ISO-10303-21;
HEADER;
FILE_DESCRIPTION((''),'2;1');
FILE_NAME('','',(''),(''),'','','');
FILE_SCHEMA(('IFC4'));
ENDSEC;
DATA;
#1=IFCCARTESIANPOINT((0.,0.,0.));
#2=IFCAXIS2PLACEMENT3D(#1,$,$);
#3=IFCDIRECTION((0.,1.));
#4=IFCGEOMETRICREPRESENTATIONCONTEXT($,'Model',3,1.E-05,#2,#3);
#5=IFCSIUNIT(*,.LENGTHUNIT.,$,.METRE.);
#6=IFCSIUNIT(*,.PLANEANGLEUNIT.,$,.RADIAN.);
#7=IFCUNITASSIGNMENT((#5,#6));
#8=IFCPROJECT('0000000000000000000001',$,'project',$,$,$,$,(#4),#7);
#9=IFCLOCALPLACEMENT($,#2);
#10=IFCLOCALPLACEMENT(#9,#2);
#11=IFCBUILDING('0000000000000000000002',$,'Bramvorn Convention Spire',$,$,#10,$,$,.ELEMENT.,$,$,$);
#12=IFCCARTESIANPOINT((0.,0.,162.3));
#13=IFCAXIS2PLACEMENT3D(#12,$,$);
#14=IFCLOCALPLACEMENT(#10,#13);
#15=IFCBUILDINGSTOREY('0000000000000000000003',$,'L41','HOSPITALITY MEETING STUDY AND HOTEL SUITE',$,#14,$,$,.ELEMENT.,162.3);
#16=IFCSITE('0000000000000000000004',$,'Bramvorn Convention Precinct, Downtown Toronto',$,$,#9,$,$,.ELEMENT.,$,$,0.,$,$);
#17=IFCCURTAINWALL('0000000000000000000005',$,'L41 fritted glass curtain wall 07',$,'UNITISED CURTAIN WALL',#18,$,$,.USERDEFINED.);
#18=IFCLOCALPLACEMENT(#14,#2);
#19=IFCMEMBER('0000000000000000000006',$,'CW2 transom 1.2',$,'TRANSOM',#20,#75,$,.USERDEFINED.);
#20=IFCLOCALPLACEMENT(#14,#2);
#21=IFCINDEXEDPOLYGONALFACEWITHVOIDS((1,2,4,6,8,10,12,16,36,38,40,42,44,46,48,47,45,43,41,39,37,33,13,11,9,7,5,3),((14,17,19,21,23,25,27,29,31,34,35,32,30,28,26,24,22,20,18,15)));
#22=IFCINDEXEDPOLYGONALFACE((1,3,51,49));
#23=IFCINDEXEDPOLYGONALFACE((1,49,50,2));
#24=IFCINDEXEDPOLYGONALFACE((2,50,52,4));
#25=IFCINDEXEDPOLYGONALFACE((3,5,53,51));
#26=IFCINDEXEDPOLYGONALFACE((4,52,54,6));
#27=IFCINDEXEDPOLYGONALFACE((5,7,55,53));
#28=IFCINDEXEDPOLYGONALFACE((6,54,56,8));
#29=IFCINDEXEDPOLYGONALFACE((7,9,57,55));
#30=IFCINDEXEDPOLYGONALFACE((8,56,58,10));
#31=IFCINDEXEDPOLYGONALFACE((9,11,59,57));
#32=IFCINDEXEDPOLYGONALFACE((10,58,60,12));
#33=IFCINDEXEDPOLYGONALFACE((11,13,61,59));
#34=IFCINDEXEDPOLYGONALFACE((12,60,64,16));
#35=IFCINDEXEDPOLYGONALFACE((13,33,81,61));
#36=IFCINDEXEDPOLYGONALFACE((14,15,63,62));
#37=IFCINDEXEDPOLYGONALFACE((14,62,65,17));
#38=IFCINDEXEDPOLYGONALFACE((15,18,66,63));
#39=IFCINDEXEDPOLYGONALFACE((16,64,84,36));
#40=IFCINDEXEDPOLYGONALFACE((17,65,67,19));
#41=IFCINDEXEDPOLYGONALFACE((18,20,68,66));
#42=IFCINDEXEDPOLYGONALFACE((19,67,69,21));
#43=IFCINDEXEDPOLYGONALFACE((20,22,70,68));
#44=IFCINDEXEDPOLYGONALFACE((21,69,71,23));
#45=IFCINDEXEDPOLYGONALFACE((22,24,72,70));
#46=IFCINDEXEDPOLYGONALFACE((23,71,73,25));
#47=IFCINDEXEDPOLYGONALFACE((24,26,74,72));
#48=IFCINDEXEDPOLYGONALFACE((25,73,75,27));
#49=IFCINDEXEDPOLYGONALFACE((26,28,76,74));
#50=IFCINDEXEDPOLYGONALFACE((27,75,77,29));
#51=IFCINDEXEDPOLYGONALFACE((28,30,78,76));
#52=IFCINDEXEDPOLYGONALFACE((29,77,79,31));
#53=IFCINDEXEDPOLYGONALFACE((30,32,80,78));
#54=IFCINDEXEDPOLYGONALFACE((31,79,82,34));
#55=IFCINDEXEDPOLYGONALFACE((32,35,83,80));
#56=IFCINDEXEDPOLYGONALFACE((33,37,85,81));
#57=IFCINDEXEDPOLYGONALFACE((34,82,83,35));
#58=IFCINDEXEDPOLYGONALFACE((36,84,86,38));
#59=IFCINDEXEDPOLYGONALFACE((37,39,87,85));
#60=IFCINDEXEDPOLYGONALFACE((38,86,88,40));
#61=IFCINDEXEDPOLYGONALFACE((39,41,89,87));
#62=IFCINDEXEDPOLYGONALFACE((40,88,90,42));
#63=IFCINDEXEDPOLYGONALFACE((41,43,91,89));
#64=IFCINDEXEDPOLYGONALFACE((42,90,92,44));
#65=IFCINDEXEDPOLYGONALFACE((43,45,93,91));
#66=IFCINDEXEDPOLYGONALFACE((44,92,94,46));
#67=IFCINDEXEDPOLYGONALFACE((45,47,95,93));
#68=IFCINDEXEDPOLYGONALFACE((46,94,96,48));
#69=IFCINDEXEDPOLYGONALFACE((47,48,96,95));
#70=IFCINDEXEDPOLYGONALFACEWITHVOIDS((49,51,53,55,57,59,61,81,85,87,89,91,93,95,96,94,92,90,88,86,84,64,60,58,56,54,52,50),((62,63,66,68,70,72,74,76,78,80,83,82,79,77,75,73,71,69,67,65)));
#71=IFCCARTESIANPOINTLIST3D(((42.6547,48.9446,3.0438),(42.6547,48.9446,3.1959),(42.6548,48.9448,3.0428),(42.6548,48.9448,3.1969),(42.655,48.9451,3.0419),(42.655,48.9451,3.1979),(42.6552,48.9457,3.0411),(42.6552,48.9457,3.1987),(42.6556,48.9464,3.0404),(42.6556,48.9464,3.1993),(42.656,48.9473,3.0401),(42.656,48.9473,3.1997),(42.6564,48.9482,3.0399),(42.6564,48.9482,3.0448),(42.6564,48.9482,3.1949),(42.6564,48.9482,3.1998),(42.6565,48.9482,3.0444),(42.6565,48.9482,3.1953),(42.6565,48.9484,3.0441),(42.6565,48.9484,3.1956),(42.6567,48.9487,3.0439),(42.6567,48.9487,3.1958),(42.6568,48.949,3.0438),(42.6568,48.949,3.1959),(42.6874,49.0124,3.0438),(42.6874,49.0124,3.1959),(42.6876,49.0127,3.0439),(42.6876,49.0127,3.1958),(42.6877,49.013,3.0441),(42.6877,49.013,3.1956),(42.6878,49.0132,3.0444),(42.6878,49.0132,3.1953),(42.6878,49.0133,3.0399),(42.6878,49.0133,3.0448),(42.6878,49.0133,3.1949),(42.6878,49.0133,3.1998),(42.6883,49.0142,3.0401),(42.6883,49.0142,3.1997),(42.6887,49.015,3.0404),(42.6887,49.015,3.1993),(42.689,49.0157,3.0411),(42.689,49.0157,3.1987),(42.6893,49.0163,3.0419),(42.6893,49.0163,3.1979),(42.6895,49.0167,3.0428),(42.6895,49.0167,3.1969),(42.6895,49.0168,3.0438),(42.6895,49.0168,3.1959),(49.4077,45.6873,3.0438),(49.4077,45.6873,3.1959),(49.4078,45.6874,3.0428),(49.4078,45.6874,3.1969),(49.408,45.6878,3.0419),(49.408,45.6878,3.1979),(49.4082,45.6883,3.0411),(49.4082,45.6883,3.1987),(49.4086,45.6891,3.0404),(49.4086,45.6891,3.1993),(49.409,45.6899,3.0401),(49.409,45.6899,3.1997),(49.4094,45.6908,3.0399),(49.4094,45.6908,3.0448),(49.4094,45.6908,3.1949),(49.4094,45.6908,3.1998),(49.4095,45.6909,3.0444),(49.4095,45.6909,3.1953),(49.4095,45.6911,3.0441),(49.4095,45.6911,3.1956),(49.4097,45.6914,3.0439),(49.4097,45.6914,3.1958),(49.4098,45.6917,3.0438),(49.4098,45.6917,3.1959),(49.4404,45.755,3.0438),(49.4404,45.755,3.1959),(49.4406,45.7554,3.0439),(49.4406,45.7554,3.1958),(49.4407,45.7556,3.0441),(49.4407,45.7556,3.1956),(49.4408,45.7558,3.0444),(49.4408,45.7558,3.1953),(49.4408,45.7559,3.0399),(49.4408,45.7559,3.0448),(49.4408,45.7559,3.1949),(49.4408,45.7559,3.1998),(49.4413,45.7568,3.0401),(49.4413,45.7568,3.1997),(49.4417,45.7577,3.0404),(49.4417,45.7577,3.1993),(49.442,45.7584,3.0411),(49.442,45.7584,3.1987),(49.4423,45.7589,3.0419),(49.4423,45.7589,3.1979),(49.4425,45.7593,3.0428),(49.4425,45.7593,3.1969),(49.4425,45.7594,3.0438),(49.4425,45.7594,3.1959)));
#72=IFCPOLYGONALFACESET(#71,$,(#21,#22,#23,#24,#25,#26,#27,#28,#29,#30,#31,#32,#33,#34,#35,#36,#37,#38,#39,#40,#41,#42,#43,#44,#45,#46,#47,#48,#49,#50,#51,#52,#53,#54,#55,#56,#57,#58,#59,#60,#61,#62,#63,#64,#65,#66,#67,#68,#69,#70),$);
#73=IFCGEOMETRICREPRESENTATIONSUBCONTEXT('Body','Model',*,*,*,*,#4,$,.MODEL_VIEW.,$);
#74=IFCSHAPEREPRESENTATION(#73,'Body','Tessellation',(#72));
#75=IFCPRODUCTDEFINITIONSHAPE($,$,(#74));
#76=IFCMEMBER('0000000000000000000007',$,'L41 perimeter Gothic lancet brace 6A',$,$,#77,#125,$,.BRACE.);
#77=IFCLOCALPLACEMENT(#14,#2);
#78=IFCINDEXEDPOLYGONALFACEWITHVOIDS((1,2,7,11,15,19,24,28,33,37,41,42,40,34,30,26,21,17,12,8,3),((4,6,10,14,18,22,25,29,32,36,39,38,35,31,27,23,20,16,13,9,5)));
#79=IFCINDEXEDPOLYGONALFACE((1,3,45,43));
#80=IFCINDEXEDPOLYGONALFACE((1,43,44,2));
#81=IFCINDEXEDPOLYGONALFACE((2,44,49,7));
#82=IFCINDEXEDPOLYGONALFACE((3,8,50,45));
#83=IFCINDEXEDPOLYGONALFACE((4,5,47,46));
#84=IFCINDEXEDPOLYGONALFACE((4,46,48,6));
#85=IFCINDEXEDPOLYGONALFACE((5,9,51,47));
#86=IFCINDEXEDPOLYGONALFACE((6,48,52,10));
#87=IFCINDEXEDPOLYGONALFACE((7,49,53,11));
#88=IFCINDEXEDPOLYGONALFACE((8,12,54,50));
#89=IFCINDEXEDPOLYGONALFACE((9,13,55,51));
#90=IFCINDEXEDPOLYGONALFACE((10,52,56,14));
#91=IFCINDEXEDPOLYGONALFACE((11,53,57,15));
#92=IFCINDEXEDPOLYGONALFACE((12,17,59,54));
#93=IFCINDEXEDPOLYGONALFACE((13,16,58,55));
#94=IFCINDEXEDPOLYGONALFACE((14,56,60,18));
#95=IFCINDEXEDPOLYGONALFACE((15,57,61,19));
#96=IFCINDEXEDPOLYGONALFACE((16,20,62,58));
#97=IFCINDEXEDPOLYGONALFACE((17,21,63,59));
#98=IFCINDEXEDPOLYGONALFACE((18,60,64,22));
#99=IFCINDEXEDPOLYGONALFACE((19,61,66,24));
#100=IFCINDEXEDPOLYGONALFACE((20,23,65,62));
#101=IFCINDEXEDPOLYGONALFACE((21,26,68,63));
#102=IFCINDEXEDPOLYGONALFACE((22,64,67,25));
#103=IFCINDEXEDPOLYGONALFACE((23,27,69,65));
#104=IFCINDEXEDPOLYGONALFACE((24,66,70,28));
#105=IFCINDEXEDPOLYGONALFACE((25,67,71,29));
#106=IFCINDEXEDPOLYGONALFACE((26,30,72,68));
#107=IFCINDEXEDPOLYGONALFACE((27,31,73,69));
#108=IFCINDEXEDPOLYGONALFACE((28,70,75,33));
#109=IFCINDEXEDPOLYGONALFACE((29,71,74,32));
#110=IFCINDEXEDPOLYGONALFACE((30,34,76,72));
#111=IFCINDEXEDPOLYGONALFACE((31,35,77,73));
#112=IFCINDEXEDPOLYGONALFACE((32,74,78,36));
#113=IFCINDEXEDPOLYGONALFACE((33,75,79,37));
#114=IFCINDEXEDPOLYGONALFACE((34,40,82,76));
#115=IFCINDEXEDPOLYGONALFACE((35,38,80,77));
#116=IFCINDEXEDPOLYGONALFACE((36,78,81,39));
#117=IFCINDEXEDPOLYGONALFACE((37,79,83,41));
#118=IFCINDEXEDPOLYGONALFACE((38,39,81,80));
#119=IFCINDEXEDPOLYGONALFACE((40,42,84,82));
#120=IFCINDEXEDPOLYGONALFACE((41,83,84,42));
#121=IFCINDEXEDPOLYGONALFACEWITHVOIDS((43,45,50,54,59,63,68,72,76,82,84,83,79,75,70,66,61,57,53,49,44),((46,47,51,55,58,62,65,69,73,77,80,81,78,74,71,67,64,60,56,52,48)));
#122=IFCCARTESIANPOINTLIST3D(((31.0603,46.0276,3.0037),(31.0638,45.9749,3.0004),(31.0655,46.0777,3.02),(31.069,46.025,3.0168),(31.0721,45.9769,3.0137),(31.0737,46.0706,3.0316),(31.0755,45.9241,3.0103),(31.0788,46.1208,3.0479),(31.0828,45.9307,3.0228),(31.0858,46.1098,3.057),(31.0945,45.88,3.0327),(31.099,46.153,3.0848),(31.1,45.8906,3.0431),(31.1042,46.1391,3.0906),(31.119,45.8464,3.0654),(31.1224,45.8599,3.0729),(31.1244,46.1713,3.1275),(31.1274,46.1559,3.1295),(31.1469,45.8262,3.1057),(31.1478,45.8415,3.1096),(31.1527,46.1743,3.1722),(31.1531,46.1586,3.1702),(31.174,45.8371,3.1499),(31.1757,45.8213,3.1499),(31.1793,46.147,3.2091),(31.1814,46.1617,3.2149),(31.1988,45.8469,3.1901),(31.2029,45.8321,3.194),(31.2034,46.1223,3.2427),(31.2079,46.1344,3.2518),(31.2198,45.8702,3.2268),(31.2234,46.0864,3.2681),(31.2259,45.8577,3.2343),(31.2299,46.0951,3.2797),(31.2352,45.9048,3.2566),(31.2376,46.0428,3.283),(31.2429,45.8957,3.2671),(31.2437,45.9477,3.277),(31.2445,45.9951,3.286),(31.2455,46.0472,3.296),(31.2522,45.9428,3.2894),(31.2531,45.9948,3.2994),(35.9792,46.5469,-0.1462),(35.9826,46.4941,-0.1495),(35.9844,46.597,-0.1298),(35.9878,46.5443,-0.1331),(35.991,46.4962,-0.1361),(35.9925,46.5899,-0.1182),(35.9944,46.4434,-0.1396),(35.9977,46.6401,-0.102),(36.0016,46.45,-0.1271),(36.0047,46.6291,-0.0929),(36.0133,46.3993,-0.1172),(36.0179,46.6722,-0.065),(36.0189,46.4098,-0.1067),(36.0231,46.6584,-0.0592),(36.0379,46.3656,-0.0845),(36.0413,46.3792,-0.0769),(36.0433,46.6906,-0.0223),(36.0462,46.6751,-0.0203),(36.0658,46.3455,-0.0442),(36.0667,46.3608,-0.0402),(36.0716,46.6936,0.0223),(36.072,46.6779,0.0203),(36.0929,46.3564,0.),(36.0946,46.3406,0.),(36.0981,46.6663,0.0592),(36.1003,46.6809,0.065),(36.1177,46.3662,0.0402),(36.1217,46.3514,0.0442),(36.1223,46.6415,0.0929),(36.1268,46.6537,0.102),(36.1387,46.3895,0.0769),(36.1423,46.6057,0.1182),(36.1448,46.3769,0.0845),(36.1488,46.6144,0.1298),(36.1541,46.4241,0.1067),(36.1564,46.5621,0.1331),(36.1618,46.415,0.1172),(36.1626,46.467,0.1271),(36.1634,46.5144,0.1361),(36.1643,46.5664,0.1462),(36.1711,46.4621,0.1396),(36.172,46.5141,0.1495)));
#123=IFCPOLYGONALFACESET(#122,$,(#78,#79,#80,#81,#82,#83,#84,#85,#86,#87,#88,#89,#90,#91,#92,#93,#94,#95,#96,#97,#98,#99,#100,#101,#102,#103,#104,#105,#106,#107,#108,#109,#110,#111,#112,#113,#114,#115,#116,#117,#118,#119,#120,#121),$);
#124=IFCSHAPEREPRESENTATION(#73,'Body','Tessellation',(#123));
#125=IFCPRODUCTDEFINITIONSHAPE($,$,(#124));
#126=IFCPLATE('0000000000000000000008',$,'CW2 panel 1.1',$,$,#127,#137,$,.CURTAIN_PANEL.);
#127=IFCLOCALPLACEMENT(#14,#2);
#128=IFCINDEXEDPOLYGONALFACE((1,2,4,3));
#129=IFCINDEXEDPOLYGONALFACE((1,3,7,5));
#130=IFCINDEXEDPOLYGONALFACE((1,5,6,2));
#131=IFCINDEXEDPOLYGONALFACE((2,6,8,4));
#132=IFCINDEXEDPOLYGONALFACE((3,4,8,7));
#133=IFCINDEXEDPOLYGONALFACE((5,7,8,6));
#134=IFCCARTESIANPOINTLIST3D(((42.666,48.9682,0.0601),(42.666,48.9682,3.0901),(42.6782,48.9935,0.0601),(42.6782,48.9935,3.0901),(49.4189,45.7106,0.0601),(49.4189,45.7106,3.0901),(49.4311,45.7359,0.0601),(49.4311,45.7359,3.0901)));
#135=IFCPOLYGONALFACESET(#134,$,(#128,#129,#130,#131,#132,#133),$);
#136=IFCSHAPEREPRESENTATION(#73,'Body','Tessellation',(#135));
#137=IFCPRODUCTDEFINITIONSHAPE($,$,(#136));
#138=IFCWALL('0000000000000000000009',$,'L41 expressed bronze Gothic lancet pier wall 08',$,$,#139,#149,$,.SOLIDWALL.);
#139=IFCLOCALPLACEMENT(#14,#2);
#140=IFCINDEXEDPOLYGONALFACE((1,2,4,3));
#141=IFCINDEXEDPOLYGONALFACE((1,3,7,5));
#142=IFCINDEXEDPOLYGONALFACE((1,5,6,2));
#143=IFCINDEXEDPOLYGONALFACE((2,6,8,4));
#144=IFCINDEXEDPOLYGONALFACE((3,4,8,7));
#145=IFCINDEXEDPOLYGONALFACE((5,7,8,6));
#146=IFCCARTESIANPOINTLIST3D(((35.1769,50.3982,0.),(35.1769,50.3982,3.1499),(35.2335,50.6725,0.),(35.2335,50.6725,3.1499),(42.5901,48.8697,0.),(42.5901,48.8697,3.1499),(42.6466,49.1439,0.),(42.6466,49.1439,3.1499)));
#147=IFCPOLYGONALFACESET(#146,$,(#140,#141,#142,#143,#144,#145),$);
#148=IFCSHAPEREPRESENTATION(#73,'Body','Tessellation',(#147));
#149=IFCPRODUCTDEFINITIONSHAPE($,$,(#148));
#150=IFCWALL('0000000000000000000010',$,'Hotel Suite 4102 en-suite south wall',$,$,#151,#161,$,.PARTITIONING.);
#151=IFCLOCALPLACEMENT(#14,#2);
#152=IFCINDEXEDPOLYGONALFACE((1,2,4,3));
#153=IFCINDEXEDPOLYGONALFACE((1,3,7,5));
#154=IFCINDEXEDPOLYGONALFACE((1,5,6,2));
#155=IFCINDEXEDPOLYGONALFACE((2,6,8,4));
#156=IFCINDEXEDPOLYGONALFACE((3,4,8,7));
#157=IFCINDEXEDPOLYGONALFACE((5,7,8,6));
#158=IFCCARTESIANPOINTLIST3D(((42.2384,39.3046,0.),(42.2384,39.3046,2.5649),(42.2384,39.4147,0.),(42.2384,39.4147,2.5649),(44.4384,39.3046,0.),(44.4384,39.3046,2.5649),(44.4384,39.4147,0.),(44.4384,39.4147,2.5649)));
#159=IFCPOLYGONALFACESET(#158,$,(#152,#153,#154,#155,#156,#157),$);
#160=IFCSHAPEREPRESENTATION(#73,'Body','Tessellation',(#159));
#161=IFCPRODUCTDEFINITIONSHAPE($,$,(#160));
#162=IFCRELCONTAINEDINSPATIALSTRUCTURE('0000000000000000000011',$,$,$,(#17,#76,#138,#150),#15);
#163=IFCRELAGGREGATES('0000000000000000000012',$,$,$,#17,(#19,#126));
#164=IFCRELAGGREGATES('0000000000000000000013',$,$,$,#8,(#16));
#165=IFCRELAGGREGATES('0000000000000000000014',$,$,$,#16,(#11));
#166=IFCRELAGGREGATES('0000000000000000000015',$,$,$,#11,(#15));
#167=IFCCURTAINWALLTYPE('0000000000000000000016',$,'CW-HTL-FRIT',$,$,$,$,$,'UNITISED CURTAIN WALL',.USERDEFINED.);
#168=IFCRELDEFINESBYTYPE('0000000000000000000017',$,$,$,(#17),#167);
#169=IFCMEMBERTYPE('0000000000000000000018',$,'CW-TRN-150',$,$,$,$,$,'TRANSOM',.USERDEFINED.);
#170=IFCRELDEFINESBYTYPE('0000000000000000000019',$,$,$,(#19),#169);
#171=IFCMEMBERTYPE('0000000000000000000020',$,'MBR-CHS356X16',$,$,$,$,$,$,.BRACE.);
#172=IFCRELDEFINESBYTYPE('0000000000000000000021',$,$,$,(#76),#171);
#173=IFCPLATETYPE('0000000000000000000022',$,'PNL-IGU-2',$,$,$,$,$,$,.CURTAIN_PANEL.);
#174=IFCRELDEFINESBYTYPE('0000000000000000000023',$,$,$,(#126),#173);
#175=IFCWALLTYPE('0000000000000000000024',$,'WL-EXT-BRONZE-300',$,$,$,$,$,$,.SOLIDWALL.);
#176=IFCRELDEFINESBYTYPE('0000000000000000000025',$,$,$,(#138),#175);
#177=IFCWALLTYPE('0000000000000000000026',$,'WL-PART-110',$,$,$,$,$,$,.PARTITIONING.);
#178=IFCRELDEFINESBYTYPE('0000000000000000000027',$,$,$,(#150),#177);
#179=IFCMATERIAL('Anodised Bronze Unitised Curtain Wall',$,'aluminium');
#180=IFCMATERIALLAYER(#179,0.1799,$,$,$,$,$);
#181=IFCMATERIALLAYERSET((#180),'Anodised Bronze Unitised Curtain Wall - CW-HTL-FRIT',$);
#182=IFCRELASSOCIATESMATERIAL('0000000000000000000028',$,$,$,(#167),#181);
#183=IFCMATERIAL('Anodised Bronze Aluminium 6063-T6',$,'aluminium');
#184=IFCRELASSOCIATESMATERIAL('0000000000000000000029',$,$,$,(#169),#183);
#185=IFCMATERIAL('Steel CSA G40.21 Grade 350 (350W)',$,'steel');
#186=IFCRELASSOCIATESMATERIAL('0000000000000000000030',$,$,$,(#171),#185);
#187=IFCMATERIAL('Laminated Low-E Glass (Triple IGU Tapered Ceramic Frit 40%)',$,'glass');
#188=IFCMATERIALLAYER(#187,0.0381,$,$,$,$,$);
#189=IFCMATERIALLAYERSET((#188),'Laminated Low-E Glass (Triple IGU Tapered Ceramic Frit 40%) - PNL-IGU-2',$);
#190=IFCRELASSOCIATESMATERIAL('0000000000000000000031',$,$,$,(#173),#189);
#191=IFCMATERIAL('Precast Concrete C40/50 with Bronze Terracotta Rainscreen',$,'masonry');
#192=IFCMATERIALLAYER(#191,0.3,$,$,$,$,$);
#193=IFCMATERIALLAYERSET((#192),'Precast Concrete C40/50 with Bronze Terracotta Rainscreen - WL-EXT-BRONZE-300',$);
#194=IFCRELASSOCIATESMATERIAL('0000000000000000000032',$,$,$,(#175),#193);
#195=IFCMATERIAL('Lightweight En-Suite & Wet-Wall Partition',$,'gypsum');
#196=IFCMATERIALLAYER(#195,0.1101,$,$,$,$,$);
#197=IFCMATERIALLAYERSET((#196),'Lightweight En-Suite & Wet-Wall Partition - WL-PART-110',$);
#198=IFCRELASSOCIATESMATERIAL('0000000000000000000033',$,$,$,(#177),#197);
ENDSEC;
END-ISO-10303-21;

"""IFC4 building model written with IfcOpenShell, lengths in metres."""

from ifc_helpers import new_model, si_unit, direction, frame, frame_2d, origin, origin_2d, place, context, subcontext, project, spatial, rectangle, hollow_rectangle, hollow_circle, extrude, material, layer, layer_set, material_profile, profile_set, type_object, element, aggregate, save


model = new_model("IFC4")

# Units and contexts
model_context = context("Model", 3, precision=1e-05, world=origin(), true_north=direction((0.0, 1.0)))
body_context = subcontext(model_context, "Body", "Model", "MODEL_VIEW")
ifc_project = project(units=[si_unit("LENGTHUNIT", "METRE"), si_unit("PLANEANGLEUNIT", "RADIAN")], contexts=[model_context])

# Site, building, storey
site_placement = place(None, origin())
site = spatial("IfcSite", under=ifc_project, at=site_placement, Name="Bramvorn Convention Precinct, Downtown Toronto", CompositionType="ELEMENT", RefElevation=0.0)
building_placement = place(site_placement, origin())
building = spatial("IfcBuilding", under=site, at=building_placement, Name="Bramvorn Convention Spire", CompositionType="ELEMENT")
storey_placement = place(building_placement, frame((0.0, 0.0, 162.3)))
storey = spatial("IfcBuildingStorey", under=building, at=storey_placement, Name="L41", Description="HOSPITALITY MEETING STUDY AND HOTEL SUITE", CompositionType="ELEMENT", Elevation=162.3)

# Shared definitions
ifc_material_1 = material(Name="Steel CSA G40.21 Grade 350 (350W)", Category="steel")

# Curtain wall, member
ifc_material_2 = material(Name="Anodised Bronze Unitised Curtain Wall", Category="aluminium")
ifc_layer_1 = layer(ifc_material_2, 0.1799)
ifc_layer_set_1 = layer_set([ifc_layer_1], Name="Anodised Bronze Unitised Curtain Wall - CW-HTL-FRIT")
curtain_wall_type = type_object("IfcCurtainWallType", Name="CW-HTL-FRIT", ElementType="UNITISED CURTAIN WALL", PredefinedType="USERDEFINED", material=ifc_layer_set_1)
curtain_wall_placement = place(storey_placement, origin())
curtain_wall = element("IfcCurtainWall", 1, at=curtain_wall_placement, inside=storey, type_object=curtain_wall_type, Name="L41 fritted glass curtain wall 07", ObjectType="UNITISED CURTAIN WALL", PredefinedType="USERDEFINED")
ifc_material_3 = material(Name="Anodised Bronze Aluminium 6063-T6", Category="aluminium")
ifc_material_profile_1 = material_profile(ifc_material_3, hollow_rectangle(XDim=0.0801, YDim=0.1599, WallThickness=0.0039, InnerFilletRadius=0.001, OuterFilletRadius=0.0039, at=origin_2d()))
ifc_profile_set_1 = profile_set([ifc_material_profile_1], Name="Anodised Bronze Aluminium 6063-T6 - CWT80X160")
member_type_1 = type_object("IfcMemberType", Name="CW-TRN-150", ElementType="TRANSOM", PredefinedType="USERDEFINED", material=ifc_profile_set_1)
member_1_placement = place(storey_placement, frame((42.6721, 48.9807, 3.1199), z_axis=(0.900693, -0.434456, 0.0), x_axis=(0.434456, 0.900693, 0.0)))
member_1 = element("IfcMember", 2, at=member_1_placement, type_object=member_type_1, Name="CW2 transom 1.2", ObjectType="TRANSOM", PredefinedType="USERDEFINED", context=body_context, shape_type="SweptSolid", body=[
    extrude(hollow_rectangle(XDim=0.0801, YDim=0.1599, WallThickness=0.0039, InnerFilletRadius=0.001, OuterFilletRadius=0.0039, at=origin_2d()), origin(), (0.0, 0.0, 1.0), 7.4976),
])

# Member
ifc_material_profile_2 = material_profile(ifc_material_1, hollow_circle(Radius=0.1777, WallThickness=0.0159, at=origin_2d()))
ifc_profile_set_2 = profile_set([ifc_material_profile_2], Name="Steel CSA G40.21 Grade 350 (350W) - CHS356X16")
member_type_2 = type_object("IfcMemberType", Name="MBR-CHS356X16", PredefinedType="BRACE", material=ifc_profile_set_2)
member_2_placement = place(storey_placement, frame((36.0759, 46.5173, 0.0), z_axis=(-0.838825, -0.088554, 0.537151), x_axis=(0.104985, -0.994474, 0.0)))
element("IfcMember", 3, at=member_2_placement, inside=storey, type_object=member_type_2, Name="L41 perimeter Gothic lancet brace 6A", PredefinedType="BRACE", context=body_context, shape_type="SweptSolid", body=[
    extrude(hollow_circle(Radius=0.1777, WallThickness=0.0159, at=origin_2d()), origin(), (0.0, 0.0, 1.0), 5.864),
])

# Plate
ifc_material_4 = material(Name="Laminated Low-E Glass (Triple IGU Tapered Ceramic Frit 40%)", Category="glass")
ifc_layer_2 = layer(ifc_material_4, 0.0381)
ifc_layer_set_2 = layer_set([ifc_layer_2], Name="Laminated Low-E Glass (Triple IGU Tapered Ceramic Frit 40%) - PNL-IGU-2")
plate_type = type_object("IfcPlateType", Name="PNL-IGU-2", PredefinedType="CURTAIN_PANEL", material=ifc_layer_set_2)
plate_placement = place(storey_placement, frame((46.0486, 47.3521, 0.0601), z_axis=(0.0, 0.0, 1.0), x_axis=(0.900683, -0.434477, 0.0)))
plate = element("IfcPlate", 4, at=plate_placement, type_object=plate_type, Name="CW2 panel 1.1", PredefinedType="CURTAIN_PANEL", context=body_context, shape_type="SweptSolid", body=[
    extrude(rectangle(XDim=7.4976, YDim=0.0281, at=origin_2d()), origin(), (0.0, 0.0, 1.0), 3.03),
])
aggregate(curtain_wall, [member_1, plate])

# Walls
ifc_material_5 = material(Name="Precast Concrete C40/50 with Bronze Terracotta Rainscreen", Category="masonry")
ifc_layer_3 = layer(ifc_material_5, 0.3)
ifc_layer_set_3 = layer_set([ifc_layer_3], Name="Precast Concrete C40/50 with Bronze Terracotta Rainscreen - WL-EXT-BRONZE-300")
wall_type_1 = type_object("IfcWallType", Name="WL-EXT-BRONZE-300", PredefinedType="SOLIDWALL", material=ifc_layer_set_3)
wall_1_placement = place(storey_placement, frame((35.2051, 50.5354, 0.0), z_axis=(0.0, 0.0, 1.0), x_axis=(0.979396, -0.20195, 0.0)))
element("IfcWall", 5, at=wall_1_placement, inside=storey, type_object=wall_type_1, Name="L41 expressed bronze Gothic lancet pier wall 08", PredefinedType="SOLIDWALL", context=body_context, shape_type="SweptSolid", body=[
    extrude(rectangle(XDim=7.5691, YDim=0.28, at=frame_2d((3.7847, 0.0))), origin(), (0.0, 0.0, 1.0), 3.1499),
])
ifc_material_6 = material(Name="Lightweight En-Suite & Wet-Wall Partition", Category="gypsum")
ifc_layer_4 = layer(ifc_material_6, 0.1101)
ifc_layer_set_4 = layer_set([ifc_layer_4], Name="Lightweight En-Suite & Wet-Wall Partition - WL-PART-110")
wall_type_2 = type_object("IfcWallType", Name="WL-PART-110", PredefinedType="PARTITIONING", material=ifc_layer_set_4)
wall_2_placement = place(storey_placement, frame((42.2383, 39.3596, 0.0), z_axis=(0.0, 0.0, 1.0), x_axis=(1.0, 0.0, 0.0)))
element("IfcWall", 6, at=wall_2_placement, inside=storey, type_object=wall_type_2, Name="Hotel Suite 4102 en-suite south wall", PredefinedType="PARTITIONING", context=body_context, shape_type="SweptSolid", body=[
    extrude(rectangle(XDim=2.2, YDim=0.1101, at=frame_2d((1.1001, 0.0))), origin(), (0.0, 0.0, 1.0), 2.5649),
])

save(model, "model.ifc")
